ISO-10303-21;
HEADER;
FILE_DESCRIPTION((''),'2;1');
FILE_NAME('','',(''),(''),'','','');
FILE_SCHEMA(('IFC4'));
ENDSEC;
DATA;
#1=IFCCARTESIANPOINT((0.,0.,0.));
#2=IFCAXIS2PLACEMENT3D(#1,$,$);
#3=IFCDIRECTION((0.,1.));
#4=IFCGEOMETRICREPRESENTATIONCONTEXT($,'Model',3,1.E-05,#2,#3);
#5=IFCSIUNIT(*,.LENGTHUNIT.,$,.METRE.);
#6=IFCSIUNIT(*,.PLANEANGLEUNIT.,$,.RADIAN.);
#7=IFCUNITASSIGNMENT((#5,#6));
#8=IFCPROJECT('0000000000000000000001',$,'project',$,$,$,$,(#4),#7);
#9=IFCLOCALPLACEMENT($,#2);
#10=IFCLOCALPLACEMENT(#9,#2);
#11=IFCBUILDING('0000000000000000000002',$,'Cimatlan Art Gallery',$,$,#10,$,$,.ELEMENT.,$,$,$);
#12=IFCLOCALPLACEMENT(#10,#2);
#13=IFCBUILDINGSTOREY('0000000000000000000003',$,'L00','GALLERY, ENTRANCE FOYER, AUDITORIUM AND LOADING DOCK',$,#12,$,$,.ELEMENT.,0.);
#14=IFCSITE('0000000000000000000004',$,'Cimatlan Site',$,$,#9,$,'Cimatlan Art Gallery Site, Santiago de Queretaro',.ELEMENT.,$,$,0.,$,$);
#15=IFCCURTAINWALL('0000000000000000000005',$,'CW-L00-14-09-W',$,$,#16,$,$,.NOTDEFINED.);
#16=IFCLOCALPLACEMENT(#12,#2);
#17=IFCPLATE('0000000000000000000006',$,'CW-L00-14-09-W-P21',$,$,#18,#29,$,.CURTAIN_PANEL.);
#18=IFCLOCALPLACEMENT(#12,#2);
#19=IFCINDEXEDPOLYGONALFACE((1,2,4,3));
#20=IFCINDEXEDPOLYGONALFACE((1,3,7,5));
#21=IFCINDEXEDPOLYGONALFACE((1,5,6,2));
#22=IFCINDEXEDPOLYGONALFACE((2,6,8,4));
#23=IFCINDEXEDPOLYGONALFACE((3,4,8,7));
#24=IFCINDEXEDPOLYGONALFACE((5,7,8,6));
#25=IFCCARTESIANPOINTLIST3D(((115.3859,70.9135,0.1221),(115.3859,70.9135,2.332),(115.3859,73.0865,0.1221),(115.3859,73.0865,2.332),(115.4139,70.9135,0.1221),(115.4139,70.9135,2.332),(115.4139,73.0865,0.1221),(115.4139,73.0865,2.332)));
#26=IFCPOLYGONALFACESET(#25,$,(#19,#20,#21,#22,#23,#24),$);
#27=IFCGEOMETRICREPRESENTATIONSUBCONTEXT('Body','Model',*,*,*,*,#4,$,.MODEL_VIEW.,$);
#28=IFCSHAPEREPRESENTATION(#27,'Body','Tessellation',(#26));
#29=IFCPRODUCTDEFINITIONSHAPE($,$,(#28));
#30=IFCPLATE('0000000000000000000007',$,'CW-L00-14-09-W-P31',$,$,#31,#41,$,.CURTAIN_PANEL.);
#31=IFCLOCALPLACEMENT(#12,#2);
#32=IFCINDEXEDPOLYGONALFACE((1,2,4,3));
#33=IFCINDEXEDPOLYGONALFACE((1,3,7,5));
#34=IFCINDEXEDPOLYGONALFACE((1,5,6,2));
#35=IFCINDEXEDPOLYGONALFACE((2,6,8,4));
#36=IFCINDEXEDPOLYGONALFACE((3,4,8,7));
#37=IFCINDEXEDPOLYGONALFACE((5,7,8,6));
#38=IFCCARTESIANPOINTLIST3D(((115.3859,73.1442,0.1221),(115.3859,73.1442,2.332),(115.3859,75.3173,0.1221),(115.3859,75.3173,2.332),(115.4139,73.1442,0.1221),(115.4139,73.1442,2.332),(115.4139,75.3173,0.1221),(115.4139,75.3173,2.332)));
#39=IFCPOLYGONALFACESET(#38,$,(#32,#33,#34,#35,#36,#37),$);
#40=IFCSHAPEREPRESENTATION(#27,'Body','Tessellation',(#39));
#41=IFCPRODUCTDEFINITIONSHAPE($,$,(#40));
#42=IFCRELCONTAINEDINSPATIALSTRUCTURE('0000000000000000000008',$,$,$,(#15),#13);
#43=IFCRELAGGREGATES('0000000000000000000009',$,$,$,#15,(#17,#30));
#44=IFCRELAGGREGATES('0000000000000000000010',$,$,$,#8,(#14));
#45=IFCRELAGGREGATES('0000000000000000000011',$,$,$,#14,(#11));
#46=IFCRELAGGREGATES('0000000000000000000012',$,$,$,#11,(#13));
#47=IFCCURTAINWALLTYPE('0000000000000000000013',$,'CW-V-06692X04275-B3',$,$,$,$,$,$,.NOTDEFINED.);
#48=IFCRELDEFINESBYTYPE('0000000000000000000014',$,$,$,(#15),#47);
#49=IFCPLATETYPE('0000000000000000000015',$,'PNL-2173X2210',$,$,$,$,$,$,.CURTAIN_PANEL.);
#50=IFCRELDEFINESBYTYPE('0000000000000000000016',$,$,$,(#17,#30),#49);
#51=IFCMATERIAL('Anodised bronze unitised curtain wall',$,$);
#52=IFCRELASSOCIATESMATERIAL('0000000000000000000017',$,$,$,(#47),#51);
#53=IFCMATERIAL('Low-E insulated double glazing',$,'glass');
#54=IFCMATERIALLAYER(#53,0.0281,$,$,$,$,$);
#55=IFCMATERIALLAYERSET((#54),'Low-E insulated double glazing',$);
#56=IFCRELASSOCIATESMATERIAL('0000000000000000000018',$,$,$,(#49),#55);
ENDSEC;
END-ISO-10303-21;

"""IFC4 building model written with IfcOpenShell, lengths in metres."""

from ifc_helpers import new_model, si_unit, direction, frame, origin, origin_2d, place, context, subcontext, project, spatial, rectangle, extrude, material, layer, layer_set, type_object, element, aggregate, save


model = new_model("IFC4")

# Units and contexts
model_context = context("Model", 3, precision=1e-05, world=origin(), true_north=direction((0.0, 1.0)))
body_context = subcontext(model_context, "Body", "Model", "MODEL_VIEW")
ifc_project = project(units=[si_unit("LENGTHUNIT", "METRE"), si_unit("PLANEANGLEUNIT", "RADIAN")], contexts=[model_context])

# Site, building, storey
site_placement = place(None, origin())
site = spatial("IfcSite", under=ifc_project, at=site_placement, Name="Cimatlan Site", LongName="Cimatlan Art Gallery Site, Santiago de Queretaro", CompositionType="ELEMENT", RefElevation=0.0)
building_placement = place(site_placement, origin())
building = spatial("IfcBuilding", under=site, at=building_placement, Name="Cimatlan Art Gallery", CompositionType="ELEMENT")
storey_placement = place(building_placement, origin())
storey = spatial("IfcBuildingStorey", under=building, at=storey_placement, Name="L00", Description="GALLERY, ENTRANCE FOYER, AUDITORIUM AND LOADING DOCK", CompositionType="ELEMENT", Elevation=0.0)

# Shared definitions
ifc_material_1 = material(Name="Anodised bronze unitised curtain wall")

# Curtain wall, plates
curtain_wall_type_1 = type_object("IfcCurtainWallType", Name="CW-V-06692X04275-B3", PredefinedType="NOTDEFINED", material=ifc_material_1)
curtain_wall_1_placement = place(storey_placement, origin())
curtain_wall_1 = element("IfcCurtainWall", 1, at=curtain_wall_1_placement, inside=storey, type_object=curtain_wall_type_1, Name="CW-L00-14-09-W", PredefinedType="NOTDEFINED")
ifc_material_2 = material(Name="Low-E insulated double glazing", Category="glass")
ifc_layer_1 = layer(ifc_material_2, 0.0281)
ifc_layer_set_1 = layer_set([ifc_layer_1], Name="Low-E insulated double glazing")
plate_type_1 = type_object("IfcPlateType", Name="PNL-2173X2210", PredefinedType="CURTAIN_PANEL", material=ifc_layer_set_1)
plate_1_placement = place(storey_placement, frame((115.3999, 72.0, 0.1221), z_axis=(0.0, 0.0, 1.0), x_axis=(0.0, 1.0, 0.0)))
plate_1 = element("IfcPlate", 2, at=plate_1_placement, type_object=plate_type_1, Name="CW-L00-14-09-W-P21", PredefinedType="CURTAIN_PANEL", context=body_context, shape_type="SweptSolid", body=[
    extrude(rectangle(XDim=2.1731, YDim=0.0281, at=origin_2d()), origin(), (0.0, 0.0, 1.0), 2.21),
])
plate_2_placement = place(storey_placement, frame((115.3999, 74.2307, 0.1221), z_axis=(0.0, 0.0, 1.0), x_axis=(0.0, 1.0, 0.0)))
plate_2 = element("IfcPlate", 3, at=plate_2_placement, type_object=plate_type_1, Name="CW-L00-14-09-W-P31", PredefinedType="CURTAIN_PANEL", context=body_context, shape_type="SweptSolid", body=[
    extrude(rectangle(XDim=2.1731, YDim=0.0281, at=origin_2d()), origin(), (0.0, 0.0, 1.0), 2.21),
])
aggregate(curtain_wall_1, [plate_1, plate_2])

save(model, "model.ifc")
